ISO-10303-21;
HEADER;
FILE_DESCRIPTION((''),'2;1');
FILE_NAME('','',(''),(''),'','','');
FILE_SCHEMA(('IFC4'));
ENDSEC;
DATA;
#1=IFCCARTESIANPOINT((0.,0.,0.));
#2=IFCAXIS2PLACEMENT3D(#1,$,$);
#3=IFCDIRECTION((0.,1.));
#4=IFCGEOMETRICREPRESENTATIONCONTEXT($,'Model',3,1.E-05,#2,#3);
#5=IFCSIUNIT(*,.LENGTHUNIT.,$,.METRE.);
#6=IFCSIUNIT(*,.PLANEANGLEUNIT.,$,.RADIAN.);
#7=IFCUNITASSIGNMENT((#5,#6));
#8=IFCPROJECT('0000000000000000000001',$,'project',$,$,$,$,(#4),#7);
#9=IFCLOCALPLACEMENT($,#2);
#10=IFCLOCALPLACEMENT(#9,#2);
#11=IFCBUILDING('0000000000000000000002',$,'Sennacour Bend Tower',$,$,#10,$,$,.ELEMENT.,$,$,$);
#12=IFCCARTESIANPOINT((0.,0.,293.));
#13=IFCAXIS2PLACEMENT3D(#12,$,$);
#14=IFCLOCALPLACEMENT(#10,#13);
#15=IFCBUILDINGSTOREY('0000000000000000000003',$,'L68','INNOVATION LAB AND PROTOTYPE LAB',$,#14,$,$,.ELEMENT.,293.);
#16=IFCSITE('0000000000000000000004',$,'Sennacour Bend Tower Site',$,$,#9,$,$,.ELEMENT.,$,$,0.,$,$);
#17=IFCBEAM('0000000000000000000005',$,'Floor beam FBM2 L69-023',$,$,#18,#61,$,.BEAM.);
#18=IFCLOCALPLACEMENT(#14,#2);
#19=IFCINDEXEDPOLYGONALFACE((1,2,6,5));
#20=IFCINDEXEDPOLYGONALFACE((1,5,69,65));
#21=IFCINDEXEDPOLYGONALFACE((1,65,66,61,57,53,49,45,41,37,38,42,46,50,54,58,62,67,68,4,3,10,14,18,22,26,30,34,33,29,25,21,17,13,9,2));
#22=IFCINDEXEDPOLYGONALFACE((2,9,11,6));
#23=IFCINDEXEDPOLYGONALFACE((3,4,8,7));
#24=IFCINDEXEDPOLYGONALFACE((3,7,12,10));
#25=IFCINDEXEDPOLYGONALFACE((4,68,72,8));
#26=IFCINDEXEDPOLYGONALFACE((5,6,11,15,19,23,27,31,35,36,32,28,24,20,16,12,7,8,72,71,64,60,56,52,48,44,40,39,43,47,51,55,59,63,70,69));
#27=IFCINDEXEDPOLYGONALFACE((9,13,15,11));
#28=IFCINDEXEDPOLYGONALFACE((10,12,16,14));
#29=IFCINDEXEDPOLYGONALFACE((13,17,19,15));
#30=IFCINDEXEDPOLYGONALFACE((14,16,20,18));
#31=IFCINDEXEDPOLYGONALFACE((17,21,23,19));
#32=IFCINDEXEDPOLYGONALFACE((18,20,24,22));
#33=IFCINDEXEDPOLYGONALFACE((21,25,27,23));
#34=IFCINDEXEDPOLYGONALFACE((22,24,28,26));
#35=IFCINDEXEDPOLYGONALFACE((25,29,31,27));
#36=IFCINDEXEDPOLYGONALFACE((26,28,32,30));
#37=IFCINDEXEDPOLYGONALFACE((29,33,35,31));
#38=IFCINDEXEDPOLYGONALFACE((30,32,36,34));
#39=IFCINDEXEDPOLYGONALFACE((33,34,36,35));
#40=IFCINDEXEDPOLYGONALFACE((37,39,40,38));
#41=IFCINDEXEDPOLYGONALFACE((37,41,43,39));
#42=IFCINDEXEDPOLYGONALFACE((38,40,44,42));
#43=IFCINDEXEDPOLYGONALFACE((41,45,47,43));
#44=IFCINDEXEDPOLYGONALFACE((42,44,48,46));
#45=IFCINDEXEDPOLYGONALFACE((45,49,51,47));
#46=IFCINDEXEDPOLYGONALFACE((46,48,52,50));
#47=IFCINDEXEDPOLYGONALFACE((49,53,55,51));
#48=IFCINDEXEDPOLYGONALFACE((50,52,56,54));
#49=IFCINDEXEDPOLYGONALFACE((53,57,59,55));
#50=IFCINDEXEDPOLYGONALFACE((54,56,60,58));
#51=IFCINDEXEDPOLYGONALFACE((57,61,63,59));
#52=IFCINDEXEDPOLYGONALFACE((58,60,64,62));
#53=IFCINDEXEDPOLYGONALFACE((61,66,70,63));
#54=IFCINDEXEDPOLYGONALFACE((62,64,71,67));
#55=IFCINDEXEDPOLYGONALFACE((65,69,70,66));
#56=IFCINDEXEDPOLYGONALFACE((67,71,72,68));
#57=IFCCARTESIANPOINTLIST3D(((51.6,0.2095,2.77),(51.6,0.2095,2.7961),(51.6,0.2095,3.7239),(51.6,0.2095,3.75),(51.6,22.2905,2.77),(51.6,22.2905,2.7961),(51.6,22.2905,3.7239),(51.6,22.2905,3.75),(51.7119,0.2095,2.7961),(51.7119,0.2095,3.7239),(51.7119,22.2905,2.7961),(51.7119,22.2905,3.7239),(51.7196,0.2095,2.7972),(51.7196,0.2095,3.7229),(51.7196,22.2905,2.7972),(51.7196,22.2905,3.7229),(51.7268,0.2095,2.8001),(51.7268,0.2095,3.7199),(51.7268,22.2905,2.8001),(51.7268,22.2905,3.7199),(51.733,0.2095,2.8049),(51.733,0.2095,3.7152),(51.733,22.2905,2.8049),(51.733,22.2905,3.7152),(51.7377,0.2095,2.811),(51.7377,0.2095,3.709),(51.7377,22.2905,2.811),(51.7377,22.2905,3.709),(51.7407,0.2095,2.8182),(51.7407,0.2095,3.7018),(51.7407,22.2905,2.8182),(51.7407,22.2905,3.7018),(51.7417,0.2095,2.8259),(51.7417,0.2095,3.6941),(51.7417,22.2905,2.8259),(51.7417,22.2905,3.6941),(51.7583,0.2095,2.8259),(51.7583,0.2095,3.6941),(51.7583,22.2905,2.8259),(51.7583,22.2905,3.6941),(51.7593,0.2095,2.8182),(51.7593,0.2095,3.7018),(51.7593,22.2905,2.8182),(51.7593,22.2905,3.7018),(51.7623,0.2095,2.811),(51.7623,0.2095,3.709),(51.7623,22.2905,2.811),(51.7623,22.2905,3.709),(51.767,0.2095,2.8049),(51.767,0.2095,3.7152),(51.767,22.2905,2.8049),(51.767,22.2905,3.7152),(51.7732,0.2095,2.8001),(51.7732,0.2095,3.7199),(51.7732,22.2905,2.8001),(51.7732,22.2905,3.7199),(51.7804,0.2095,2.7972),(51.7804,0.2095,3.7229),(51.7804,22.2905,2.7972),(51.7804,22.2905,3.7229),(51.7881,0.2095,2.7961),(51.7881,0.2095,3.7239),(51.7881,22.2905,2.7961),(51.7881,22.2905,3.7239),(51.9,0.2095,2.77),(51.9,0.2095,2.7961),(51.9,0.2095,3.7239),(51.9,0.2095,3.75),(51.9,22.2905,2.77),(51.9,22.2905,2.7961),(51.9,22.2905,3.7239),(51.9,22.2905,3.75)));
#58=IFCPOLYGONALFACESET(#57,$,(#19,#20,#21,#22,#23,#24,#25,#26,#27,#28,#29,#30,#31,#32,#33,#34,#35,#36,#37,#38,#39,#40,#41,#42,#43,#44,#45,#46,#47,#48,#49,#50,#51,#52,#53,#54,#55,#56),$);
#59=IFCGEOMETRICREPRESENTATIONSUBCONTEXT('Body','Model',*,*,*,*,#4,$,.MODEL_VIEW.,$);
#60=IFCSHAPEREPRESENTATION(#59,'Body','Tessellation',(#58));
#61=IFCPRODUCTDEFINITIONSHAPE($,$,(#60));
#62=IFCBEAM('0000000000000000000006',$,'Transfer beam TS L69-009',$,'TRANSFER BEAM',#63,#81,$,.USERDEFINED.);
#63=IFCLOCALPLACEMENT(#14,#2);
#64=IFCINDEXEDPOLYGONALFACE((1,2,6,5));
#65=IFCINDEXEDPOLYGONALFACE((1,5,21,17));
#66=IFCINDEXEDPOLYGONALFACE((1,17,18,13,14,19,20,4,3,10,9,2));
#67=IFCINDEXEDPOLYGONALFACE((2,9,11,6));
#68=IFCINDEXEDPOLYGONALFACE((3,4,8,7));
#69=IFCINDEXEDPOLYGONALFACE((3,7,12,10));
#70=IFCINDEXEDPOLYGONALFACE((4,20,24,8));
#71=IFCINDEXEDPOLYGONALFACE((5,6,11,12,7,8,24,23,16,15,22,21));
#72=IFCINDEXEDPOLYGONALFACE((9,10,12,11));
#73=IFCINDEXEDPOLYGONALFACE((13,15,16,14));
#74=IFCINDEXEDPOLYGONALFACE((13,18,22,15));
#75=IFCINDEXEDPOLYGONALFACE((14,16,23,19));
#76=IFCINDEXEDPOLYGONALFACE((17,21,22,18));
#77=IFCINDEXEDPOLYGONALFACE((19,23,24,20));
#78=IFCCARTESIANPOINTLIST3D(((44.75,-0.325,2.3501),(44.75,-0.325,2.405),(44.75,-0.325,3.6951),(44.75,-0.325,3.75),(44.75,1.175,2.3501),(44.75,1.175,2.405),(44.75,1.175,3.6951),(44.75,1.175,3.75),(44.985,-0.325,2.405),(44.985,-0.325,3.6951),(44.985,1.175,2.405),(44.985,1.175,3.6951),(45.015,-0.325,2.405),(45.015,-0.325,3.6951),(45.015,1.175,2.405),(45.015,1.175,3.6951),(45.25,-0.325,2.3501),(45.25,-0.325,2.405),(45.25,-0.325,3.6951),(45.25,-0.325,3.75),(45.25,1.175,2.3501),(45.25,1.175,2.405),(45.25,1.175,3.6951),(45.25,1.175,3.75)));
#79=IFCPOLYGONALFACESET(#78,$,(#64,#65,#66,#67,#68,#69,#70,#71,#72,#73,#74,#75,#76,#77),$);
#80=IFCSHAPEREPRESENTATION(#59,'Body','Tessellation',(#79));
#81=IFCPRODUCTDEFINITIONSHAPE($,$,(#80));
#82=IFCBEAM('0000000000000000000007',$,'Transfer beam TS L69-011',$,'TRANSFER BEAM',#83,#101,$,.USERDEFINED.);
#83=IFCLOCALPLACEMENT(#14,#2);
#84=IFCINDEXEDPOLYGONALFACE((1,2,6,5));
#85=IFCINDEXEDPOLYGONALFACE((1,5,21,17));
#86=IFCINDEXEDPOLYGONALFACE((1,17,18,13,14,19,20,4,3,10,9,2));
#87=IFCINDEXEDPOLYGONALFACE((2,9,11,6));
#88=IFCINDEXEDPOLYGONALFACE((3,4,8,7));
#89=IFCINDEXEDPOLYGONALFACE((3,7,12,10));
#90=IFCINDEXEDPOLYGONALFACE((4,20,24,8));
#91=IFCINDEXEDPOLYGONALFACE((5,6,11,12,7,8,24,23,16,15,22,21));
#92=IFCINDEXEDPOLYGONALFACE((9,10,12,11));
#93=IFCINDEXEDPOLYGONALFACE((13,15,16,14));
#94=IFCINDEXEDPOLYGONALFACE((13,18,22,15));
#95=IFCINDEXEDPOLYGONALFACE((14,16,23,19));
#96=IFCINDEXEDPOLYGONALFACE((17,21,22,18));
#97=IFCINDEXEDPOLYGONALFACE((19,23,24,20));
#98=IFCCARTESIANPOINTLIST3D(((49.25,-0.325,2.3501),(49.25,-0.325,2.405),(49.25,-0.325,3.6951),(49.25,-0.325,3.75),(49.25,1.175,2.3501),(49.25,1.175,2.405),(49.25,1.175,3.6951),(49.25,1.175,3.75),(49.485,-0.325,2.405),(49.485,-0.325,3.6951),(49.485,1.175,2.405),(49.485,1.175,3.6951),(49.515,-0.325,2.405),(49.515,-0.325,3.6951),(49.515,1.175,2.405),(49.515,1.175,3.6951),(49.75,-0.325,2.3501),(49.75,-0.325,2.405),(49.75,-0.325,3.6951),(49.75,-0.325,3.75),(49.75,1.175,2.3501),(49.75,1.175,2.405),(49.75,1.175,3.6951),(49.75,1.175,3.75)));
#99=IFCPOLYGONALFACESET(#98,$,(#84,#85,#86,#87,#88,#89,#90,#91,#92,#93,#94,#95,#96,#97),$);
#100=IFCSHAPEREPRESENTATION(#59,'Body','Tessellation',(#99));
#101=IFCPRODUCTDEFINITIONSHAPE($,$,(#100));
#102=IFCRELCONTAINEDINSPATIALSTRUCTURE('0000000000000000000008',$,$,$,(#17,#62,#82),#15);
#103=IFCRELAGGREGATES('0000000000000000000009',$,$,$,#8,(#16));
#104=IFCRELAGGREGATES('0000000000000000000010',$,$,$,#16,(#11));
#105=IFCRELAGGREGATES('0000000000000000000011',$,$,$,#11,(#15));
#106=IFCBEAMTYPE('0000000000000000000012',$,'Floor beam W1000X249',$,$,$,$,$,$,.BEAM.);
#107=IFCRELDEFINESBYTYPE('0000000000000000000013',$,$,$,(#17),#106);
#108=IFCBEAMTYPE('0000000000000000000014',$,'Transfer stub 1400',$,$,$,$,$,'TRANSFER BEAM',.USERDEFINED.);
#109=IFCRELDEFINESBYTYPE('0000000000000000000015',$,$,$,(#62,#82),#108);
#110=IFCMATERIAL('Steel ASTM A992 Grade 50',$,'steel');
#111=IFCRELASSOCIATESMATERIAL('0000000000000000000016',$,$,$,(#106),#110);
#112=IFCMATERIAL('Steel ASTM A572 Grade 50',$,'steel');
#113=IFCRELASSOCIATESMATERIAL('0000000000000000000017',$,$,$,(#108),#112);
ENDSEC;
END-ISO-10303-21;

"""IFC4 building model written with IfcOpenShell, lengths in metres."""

from ifc_helpers import new_model, si_unit, direction, frame, origin, origin_2d, place, context, subcontext, project, spatial, i_section, extrude, material, material_profile, profile_set, type_object, element, save


model = new_model("IFC4")

# Units and contexts
model_context = context("Model", 3, precision=1e-05, world=origin(), true_north=direction((0.0, 1.0)))
body_context = subcontext(model_context, "Body", "Model", "MODEL_VIEW")
ifc_project = project(units=[si_unit("LENGTHUNIT", "METRE"), si_unit("PLANEANGLEUNIT", "RADIAN")], contexts=[model_context])

# Site, building, storey
site_placement = place(None, origin())
site = spatial("IfcSite", under=ifc_project, at=site_placement, Name="Sennacour Bend Tower Site", CompositionType="ELEMENT", RefElevation=0.0)
building_placement = place(site_placement, origin())
building = spatial("IfcBuilding", under=site, at=building_placement, Name="Sennacour Bend Tower", CompositionType="ELEMENT")
storey_placement = place(building_placement, frame((0.0, 0.0, 293.0)))
storey = spatial("IfcBuildingStorey", under=building, at=storey_placement, Name="L68", Description="INNOVATION LAB AND PROTOTYPE LAB", CompositionType="ELEMENT", Elevation=293.0)

# Shared definitions
ifc_material_1 = material(Name="Steel ASTM A572 Grade 50", Category="steel")

# Beams
ifc_material_2 = material(Name="Steel ASTM A992 Grade 50", Category="steel")
ifc_material_profile_1 = material_profile(ifc_material_2, i_section(OverallWidth=0.3, OverallDepth=0.98, WebThickness=0.0166, FlangeThickness=0.0261, FilletRadius=0.0298, at=origin_2d()), Name="Steel ASTM A992 Grade 50", Category="steel")
ifc_profile_set_1 = profile_set([ifc_material_profile_1], Name="Steel ASTM A992 Grade 50")
beam_type_1 = type_object("IfcBeamType", Name="Floor beam W1000X249", PredefinedType="BEAM", material=ifc_profile_set_1)
beam_1_placement = place(storey_placement, frame((51.75, 0.2095, 3.26), z_axis=(0.0, 1.0, 0.0), x_axis=(-1.0, 0.0, 0.0)))
element("IfcBeam", 1, at=beam_1_placement, inside=storey, type_object=beam_type_1, Name="Floor beam FBM2 L69-023", PredefinedType="BEAM", context=body_context, shape_type="SweptSolid", body=[
    extrude(i_section(OverallWidth=0.3, OverallDepth=0.98, WebThickness=0.0166, FlangeThickness=0.0261, FilletRadius=0.0298, at=origin_2d()), origin(), (0.0, 0.0, 1.0), 22.0811),
])
ifc_material_profile_2 = material_profile(ifc_material_1, i_section(OverallWidth=0.5, OverallDepth=1.3999, WebThickness=0.03, FlangeThickness=0.0549, at=origin_2d()), Name="Steel ASTM A572 Grade 50", Category="steel")
ifc_profile_set_2 = profile_set([ifc_material_profile_2], Name="Steel ASTM A572 Grade 50")
beam_type_2 = type_object("IfcBeamType", Name="Transfer stub 1400", ElementType="TRANSFER BEAM", PredefinedType="USERDEFINED", material=ifc_profile_set_2)
for number, where, z_axis, x_axis, name in (
    (2, (45.0, 1.175, 3.05), (0.0, -1.0, 0.0), (1.0, 0.0, 0.0), "Transfer beam TS L69-009"),
    (3, (49.5, 1.175, 3.05), (0.0, -1.0, 0.0), (1.0, 0.0, 0.0), "Transfer beam TS L69-011"),
):
    element("IfcBeam", number, at=place(storey_placement, frame(where, z_axis=z_axis, x_axis=x_axis)), inside=storey, type_object=beam_type_2, Name=name, ObjectType="TRANSFER BEAM", PredefinedType="USERDEFINED", context=body_context, shape_type="SweptSolid", body=[
        extrude(i_section(OverallWidth=0.5, OverallDepth=1.3999, WebThickness=0.03, FlangeThickness=0.0549, at=origin_2d()), origin(), (0.0, 0.0, 1.0), 1.5),
    ])

save(model, "model.ifc")
